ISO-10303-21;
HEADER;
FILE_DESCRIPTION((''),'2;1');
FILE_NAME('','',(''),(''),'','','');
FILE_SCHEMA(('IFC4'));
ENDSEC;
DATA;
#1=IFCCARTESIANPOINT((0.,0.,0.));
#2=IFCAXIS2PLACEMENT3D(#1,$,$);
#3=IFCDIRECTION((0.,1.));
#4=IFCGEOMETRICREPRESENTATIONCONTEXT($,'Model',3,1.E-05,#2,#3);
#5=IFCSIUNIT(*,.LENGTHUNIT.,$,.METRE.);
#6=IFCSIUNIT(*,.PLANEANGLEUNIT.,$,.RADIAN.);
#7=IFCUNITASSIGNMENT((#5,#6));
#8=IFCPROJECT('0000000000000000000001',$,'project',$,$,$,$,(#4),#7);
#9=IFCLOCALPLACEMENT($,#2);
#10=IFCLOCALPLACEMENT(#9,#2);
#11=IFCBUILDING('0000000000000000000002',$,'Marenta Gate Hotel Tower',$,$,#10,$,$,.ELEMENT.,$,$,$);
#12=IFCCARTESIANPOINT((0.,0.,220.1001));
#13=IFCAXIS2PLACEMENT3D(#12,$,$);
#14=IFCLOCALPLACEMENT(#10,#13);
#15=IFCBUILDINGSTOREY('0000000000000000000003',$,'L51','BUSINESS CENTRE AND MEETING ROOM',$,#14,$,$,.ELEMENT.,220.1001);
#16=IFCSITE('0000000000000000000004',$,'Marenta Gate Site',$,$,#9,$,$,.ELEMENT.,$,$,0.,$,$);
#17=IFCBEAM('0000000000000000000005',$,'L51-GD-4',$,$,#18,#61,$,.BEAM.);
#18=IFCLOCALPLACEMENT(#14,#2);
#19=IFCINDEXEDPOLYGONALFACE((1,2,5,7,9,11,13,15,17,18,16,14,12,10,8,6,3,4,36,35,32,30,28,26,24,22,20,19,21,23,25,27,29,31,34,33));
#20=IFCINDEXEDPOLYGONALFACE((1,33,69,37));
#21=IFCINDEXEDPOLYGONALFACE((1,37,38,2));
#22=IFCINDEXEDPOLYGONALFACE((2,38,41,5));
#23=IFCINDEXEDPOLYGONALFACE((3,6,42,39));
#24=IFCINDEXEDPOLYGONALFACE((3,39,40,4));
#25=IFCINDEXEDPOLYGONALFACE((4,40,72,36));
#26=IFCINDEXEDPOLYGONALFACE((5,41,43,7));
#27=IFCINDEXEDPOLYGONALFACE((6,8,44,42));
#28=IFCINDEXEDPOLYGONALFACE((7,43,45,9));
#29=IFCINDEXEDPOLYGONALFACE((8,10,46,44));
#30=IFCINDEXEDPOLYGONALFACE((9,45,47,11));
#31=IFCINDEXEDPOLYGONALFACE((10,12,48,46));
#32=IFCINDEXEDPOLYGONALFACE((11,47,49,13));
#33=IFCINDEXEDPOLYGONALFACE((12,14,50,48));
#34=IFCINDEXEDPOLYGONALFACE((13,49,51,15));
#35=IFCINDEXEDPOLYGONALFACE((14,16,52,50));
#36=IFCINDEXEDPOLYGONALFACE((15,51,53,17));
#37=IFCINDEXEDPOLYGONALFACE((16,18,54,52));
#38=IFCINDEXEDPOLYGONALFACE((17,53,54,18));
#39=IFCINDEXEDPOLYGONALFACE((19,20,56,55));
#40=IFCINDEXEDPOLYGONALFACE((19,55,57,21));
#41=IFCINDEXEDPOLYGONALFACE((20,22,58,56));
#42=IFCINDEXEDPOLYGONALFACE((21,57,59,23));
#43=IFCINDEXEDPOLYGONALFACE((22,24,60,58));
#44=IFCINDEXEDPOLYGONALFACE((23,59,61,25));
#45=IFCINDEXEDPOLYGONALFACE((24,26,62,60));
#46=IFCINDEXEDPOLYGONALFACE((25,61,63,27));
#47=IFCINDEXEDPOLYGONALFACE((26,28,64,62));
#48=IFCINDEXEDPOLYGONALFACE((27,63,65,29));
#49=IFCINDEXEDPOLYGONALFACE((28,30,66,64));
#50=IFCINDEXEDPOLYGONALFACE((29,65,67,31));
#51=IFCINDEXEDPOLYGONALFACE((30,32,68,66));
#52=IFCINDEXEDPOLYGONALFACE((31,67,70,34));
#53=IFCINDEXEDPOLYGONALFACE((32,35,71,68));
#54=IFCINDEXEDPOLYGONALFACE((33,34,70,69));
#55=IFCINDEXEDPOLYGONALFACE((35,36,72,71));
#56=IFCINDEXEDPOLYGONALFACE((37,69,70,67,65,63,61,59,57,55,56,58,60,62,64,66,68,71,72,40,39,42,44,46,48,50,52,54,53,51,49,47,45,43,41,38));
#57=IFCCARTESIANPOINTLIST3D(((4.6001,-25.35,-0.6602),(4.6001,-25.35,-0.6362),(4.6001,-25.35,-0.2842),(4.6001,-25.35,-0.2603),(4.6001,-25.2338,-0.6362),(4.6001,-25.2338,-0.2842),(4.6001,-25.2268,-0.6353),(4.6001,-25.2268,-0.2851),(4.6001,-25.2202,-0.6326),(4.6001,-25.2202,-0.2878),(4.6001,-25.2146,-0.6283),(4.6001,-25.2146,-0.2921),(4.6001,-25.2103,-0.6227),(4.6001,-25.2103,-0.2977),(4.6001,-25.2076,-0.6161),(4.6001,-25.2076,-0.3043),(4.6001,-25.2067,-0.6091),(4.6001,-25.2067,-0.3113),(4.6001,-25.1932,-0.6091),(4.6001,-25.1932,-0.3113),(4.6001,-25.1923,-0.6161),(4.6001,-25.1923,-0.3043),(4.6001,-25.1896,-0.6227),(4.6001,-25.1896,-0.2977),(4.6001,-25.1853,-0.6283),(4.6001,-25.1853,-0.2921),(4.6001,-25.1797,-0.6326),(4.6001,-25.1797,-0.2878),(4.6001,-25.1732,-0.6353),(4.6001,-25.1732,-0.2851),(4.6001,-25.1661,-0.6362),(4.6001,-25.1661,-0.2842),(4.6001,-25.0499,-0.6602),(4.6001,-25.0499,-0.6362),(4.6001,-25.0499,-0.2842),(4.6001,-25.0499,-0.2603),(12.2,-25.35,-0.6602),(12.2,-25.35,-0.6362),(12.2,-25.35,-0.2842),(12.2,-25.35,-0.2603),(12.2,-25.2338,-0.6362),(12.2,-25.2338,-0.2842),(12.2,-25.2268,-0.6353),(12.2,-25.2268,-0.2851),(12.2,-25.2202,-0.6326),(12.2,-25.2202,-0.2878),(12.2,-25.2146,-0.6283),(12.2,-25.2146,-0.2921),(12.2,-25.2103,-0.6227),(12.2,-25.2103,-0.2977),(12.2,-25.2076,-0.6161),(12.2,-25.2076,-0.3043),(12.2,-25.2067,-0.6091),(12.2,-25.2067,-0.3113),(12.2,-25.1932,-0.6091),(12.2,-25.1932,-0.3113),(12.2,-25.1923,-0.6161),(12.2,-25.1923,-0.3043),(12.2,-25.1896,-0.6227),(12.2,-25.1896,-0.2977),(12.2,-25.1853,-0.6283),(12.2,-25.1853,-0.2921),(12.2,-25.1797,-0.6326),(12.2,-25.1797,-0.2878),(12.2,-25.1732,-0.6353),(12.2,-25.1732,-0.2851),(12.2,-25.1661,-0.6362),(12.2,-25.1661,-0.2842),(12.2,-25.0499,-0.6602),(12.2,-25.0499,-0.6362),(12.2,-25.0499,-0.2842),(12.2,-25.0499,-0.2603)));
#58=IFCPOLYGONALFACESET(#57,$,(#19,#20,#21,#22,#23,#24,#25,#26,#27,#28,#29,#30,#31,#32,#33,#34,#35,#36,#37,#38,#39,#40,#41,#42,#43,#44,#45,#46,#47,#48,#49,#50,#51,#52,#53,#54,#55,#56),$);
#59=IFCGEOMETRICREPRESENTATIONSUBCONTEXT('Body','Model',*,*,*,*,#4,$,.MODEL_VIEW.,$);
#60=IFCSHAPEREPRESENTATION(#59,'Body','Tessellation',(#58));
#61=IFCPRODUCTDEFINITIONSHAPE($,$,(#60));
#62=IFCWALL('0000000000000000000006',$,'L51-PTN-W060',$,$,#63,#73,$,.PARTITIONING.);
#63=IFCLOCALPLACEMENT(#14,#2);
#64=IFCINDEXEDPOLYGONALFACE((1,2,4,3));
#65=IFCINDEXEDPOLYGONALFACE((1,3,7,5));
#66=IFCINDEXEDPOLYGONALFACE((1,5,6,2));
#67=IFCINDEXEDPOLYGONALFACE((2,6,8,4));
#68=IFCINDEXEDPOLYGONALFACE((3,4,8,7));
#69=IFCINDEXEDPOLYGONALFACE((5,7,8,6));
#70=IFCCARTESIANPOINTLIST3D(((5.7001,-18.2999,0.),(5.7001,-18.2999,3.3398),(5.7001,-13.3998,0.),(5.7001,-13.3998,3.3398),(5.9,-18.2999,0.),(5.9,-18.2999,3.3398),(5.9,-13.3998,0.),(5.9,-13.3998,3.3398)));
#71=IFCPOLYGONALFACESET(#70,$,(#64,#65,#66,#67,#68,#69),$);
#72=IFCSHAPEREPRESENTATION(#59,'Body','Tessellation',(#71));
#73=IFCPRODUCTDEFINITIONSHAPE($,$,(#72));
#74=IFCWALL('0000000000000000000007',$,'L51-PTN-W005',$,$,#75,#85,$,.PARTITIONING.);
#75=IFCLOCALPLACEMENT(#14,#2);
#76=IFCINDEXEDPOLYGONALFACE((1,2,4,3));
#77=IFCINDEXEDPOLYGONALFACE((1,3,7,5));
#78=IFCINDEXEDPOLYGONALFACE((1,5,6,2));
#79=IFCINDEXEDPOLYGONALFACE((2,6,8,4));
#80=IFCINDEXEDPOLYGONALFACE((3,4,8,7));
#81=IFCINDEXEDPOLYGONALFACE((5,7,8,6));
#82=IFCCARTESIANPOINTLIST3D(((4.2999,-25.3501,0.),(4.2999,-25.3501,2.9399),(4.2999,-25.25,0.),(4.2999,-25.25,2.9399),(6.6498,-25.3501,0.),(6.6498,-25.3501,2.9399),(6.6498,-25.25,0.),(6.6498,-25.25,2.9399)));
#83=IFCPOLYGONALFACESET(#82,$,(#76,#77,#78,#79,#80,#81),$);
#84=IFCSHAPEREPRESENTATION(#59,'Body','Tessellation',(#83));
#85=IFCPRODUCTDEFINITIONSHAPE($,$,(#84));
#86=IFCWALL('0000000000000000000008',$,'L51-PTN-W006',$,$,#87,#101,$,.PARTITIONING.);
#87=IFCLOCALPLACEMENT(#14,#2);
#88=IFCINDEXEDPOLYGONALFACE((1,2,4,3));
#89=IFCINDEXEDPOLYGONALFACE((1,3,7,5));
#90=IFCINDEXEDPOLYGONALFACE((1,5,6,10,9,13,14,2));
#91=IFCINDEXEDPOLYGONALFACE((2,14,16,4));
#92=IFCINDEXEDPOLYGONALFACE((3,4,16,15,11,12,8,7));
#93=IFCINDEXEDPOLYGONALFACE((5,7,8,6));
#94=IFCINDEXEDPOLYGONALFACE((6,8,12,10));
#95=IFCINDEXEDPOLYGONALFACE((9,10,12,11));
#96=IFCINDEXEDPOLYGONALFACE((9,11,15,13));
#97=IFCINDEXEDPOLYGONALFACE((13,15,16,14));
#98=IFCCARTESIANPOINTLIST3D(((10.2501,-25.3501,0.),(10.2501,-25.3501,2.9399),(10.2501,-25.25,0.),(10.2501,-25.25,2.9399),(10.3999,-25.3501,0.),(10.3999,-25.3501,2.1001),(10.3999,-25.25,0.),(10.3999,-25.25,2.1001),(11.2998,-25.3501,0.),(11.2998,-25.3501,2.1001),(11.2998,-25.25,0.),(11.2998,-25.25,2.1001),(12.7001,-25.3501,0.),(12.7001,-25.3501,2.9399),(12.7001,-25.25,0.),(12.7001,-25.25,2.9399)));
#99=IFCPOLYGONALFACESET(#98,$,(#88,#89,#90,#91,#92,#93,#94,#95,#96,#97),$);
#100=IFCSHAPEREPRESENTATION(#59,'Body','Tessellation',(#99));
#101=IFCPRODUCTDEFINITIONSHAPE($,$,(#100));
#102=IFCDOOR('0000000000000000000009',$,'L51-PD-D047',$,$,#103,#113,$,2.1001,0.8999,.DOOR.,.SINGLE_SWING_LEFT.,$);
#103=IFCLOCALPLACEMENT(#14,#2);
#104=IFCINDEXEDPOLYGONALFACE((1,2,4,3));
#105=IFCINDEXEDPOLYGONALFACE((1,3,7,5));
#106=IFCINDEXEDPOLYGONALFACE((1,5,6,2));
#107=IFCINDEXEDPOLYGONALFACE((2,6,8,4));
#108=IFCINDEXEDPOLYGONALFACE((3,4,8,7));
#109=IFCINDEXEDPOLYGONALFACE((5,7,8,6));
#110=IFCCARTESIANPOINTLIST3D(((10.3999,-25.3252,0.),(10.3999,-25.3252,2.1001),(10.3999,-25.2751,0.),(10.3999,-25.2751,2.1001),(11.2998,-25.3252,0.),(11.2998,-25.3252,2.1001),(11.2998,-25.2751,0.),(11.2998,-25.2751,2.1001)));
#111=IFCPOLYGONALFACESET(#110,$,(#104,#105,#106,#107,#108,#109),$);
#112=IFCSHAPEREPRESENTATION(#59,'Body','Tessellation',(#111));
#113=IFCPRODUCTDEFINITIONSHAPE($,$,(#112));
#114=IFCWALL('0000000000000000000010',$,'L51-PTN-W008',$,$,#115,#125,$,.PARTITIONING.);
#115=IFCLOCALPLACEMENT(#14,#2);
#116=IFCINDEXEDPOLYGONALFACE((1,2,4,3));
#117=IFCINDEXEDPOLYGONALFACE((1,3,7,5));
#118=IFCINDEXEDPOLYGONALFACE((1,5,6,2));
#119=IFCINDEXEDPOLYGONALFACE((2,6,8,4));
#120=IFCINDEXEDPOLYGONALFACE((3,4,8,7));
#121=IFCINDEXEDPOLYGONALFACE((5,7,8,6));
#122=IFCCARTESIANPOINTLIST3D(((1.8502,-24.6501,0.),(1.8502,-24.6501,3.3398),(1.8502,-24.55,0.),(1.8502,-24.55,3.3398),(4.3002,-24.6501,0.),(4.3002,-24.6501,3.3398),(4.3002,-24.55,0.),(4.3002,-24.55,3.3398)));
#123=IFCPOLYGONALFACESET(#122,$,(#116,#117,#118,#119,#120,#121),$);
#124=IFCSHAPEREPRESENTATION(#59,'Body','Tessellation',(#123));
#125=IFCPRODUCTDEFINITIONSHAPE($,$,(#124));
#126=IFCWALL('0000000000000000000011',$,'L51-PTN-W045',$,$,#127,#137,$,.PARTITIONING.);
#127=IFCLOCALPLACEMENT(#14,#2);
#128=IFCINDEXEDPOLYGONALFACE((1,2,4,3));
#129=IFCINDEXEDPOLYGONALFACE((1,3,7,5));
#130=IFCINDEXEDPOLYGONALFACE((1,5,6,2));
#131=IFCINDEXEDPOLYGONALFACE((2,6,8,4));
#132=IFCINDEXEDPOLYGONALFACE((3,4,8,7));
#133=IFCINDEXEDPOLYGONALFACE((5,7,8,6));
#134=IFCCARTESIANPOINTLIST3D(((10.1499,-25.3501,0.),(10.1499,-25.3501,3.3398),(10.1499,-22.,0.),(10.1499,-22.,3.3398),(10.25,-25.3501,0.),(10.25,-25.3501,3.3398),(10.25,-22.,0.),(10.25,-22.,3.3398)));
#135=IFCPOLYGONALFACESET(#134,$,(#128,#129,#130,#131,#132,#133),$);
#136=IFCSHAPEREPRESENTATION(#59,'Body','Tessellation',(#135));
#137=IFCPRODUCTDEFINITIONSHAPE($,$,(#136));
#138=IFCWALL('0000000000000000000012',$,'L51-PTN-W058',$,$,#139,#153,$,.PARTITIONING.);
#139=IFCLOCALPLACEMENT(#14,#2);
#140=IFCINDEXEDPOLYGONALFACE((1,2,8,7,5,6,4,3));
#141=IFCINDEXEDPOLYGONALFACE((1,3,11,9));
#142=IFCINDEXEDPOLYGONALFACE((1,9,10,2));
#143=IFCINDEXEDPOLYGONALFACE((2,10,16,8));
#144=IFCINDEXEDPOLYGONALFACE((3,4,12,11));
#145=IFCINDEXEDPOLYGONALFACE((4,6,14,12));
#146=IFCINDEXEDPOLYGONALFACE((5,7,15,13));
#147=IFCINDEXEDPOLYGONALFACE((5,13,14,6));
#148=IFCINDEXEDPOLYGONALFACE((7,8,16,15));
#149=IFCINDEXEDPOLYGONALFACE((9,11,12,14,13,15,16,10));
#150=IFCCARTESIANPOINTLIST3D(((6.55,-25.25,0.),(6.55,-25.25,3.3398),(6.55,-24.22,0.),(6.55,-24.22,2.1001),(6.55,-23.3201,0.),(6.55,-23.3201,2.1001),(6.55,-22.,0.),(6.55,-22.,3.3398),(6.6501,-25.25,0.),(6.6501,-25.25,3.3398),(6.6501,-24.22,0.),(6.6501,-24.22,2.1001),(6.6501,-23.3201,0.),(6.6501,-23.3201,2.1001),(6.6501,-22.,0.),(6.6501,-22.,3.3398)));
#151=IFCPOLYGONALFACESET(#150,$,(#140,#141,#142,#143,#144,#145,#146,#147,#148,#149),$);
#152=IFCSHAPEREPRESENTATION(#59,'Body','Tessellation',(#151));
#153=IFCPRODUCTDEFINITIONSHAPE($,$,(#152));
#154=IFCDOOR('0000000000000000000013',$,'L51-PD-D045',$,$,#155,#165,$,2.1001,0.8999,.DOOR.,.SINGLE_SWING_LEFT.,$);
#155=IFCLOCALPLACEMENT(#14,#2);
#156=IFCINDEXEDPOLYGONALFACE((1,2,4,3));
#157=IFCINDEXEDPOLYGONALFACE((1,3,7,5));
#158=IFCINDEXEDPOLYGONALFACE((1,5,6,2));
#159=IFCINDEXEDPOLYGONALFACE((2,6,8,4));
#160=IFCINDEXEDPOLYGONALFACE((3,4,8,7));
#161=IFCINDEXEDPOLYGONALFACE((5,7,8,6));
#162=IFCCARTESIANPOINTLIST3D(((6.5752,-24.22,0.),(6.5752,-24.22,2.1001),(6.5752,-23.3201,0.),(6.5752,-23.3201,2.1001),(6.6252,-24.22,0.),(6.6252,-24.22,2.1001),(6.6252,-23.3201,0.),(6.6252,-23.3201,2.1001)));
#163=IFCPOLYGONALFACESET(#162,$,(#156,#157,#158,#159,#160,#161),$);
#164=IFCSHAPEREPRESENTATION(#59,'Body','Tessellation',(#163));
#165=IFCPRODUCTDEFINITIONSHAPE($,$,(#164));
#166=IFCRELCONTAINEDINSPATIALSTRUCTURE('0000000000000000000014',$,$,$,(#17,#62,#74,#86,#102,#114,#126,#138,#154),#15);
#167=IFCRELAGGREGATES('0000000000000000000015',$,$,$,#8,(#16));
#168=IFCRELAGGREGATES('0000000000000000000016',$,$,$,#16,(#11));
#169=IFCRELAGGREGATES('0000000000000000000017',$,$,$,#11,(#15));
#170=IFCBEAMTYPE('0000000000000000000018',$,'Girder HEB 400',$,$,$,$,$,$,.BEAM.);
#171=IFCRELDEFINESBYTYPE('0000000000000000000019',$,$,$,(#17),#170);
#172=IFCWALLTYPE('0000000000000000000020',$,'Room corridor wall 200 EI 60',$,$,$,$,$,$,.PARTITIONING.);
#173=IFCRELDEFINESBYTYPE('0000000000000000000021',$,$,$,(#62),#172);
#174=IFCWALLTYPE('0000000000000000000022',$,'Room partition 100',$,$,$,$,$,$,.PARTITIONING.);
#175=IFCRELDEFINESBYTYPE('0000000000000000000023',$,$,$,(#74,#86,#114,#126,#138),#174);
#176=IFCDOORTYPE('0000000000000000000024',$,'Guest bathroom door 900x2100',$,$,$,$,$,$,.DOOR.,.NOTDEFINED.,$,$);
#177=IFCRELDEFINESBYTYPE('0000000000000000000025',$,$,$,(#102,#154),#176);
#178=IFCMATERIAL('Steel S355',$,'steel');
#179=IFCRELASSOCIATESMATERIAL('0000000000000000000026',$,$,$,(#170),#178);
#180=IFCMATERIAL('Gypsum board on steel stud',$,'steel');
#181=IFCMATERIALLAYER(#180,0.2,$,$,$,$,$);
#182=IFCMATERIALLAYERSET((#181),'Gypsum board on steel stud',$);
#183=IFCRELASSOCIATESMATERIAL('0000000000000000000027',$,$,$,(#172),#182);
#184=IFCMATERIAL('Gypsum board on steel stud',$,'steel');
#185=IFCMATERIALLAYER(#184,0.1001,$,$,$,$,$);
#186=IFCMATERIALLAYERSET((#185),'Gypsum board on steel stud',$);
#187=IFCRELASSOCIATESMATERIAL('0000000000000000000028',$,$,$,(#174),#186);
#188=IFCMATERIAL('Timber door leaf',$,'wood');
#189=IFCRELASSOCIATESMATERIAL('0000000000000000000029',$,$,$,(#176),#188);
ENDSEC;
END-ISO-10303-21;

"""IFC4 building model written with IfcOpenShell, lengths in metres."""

from ifc_helpers import new_model, si_unit, direction, frame, frame_2d, origin, origin_2d, place, context, subcontext, project, spatial, rectangle, i_section, extrude, material, layer, layer_set, material_profile, profile_set, type_object, element, fill, save


model = new_model("IFC4")

# Units and contexts
model_context = context("Model", 3, precision=1e-05, world=origin(), true_north=direction((0.0, 1.0)))
body_context = subcontext(model_context, "Body", "Model", "MODEL_VIEW")
ifc_project = project(units=[si_unit("LENGTHUNIT", "METRE"), si_unit("PLANEANGLEUNIT", "RADIAN")], contexts=[model_context])

# Site, building, storey
site_placement = place(None, origin())
site = spatial("IfcSite", under=ifc_project, at=site_placement, Name="Marenta Gate Site", CompositionType="ELEMENT", RefElevation=0.0)
building_placement = place(site_placement, origin())
building = spatial("IfcBuilding", under=site, at=building_placement, Name="Marenta Gate Hotel Tower", CompositionType="ELEMENT")
storey_placement = place(building_placement, frame((0.0, 0.0, 220.1001)))
storey = spatial("IfcBuildingStorey", under=building, at=storey_placement, Name="L51", Description="BUSINESS CENTRE AND MEETING ROOM", CompositionType="ELEMENT", Elevation=220.1001)

# Beam
ifc_material_1 = material(Name="Steel S355", Category="steel")
ifc_material_profile_1 = material_profile(ifc_material_1, i_section(OverallWidth=0.3, OverallDepth=0.3999, WebThickness=0.0134, FlangeThickness=0.0239, FilletRadius=0.0271, at=origin_2d()), Name="HEB 400")
ifc_profile_set_1 = profile_set([ifc_material_profile_1], Name="Steel S355")
beam_type_1 = type_object("IfcBeamType", Name="Girder HEB 400", PredefinedType="BEAM", material=ifc_profile_set_1)
beam_placement = place(storey_placement, frame((4.6001, -25.2, -0.4602), z_axis=(1.0, 0.0, 0.0), x_axis=(0.0, 1.0, 0.0)))
element("IfcBeam", 1, at=beam_placement, inside=storey, type_object=beam_type_1, Name="L51-GD-4", PredefinedType="BEAM", context=body_context, shape_type="SweptSolid", body=[
    extrude(i_section(OverallWidth=0.3, OverallDepth=0.3999, WebThickness=0.0134, FlangeThickness=0.0239, FilletRadius=0.0271, at=origin_2d()), origin(), (0.0, 0.0, 1.0), 7.5999),
])

# Shared definitions
ifc_material_2 = material(Name="Gypsum board on steel stud", Category="steel")
ifc_layer_1 = layer(ifc_material_2, 0.2)
ifc_layer_set_1 = layer_set([ifc_layer_1], Name="Gypsum board on steel stud")
wall_type_1 = type_object("IfcWallType", Name="Room corridor wall 200 EI 60", PredefinedType="PARTITIONING", material=ifc_layer_set_1)

# Walls
wall_1_placement = place(storey_placement, frame((5.8, -18.3, 0.0), z_axis=(0.0, 0.0, 1.0), x_axis=(0.0, 1.0, 0.0)))
element("IfcWall", 2, at=wall_1_placement, inside=storey, type_object=wall_type_1, Name="L51-PTN-W060", PredefinedType="PARTITIONING", context=body_context, shape_type="SweptSolid", body=[
    extrude(rectangle(XDim=4.9001, YDim=0.2, at=frame_2d((2.4502, 0.0))), origin(), (0.0, 0.0, 1.0), 3.3398),
])
ifc_material_3 = material(Name="Gypsum board on steel stud", Category="steel")
ifc_layer_2 = layer(ifc_material_3, 0.1001)
ifc_layer_set_2 = layer_set([ifc_layer_2], Name="Gypsum board on steel stud")
wall_type_2 = type_object("IfcWallType", Name="Room partition 100", PredefinedType="PARTITIONING", material=ifc_layer_set_2)
wall_2_placement = place(storey_placement, frame((4.3, -25.3, 0.0), z_axis=(0.0, 0.0, 1.0), x_axis=(1.0, 0.0, 0.0)))
element("IfcWall", 3, at=wall_2_placement, inside=storey, type_object=wall_type_2, Name="L51-PTN-W005", PredefinedType="PARTITIONING", context=body_context, shape_type="SweptSolid", body=[
    extrude(rectangle(XDim=2.3499, YDim=0.1001, at=frame_2d((1.1748, 0.0))), origin(), (0.0, 0.0, 1.0), 2.9399),
])

# Wall, opening, door
wall_3_placement = place(storey_placement, frame((10.25, -25.3, 0.0), z_axis=(0.0, 0.0, 1.0), x_axis=(1.0, 0.0, 0.0)))
wall_3 = element("IfcWall", 4, at=wall_3_placement, inside=storey, type_object=wall_type_2, Name="L51-PTN-W006", PredefinedType="PARTITIONING", context=body_context, shape_type="SweptSolid", body=[
    extrude(rectangle(XDim=2.45, YDim=0.1001, at=frame_2d((1.2251, 0.0))), origin(), (0.0, 0.0, 1.0), 2.9399),
])
opening_1_placement = place(wall_3_placement, frame((0.1499, 0.0, 0.0)))
opening_1 = element("IfcOpeningElement", 5, at=opening_1_placement, cuts=wall_3, PredefinedType="OPENING", context=body_context, shape_type="SweptSolid", body=[
    extrude(rectangle(XDim=0.8999, YDim=2.1001, at=frame_2d((0.45, 1.05))), frame((0.0, 0.05, 0.0), z_axis=(0.0, -1.0, 0.0), x_axis=(1.0, 0.0, 0.0)), (0.0, 0.0, 1.0), 0.1001),
])
ifc_material_4 = material(Name="Timber door leaf", Category="wood")
door_type_1 = type_object("IfcDoorType", Name="Guest bathroom door 900x2100", OperationType="NOTDEFINED", PredefinedType="DOOR", material=ifc_material_4)
door_1_placement = place(opening_1_placement, origin())
door_1 = element("IfcDoor", 6, at=door_1_placement, inside=storey, type_object=door_type_1, Name="L51-PD-D047", OperationType="SINGLE_SWING_LEFT", OverallHeight=2.1001, OverallWidth=0.8999, PredefinedType="DOOR", context=body_context, shape_type="SweptSolid", body=[
    extrude(rectangle(XDim=0.8999, YDim=2.1001, at=frame_2d((0.45, 1.05))), frame((0.0, 0.0249, 0.0), z_axis=(0.0, -1.0, 0.0), x_axis=(1.0, 0.0, 0.0)), (0.0, 0.0, 1.0), 0.05),
])
fill(opening_1, door_1)

# Walls
wall_4_placement = place(storey_placement, frame((1.8501, -24.6001, 0.0), z_axis=(0.0, 0.0, 1.0), x_axis=(1.0, 0.0, 0.0)))
element("IfcWall", 7, at=wall_4_placement, inside=storey, type_object=wall_type_2, Name="L51-PTN-W008", PredefinedType="PARTITIONING", context=body_context, shape_type="SweptSolid", body=[
    extrude(rectangle(XDim=2.45, YDim=0.1001, at=frame_2d((1.2251, 0.0))), origin(), (0.0, 0.0, 1.0), 3.3398),
])
wall_5_placement = place(storey_placement, frame((10.2, -25.3501, 0.0), z_axis=(0.0, 0.0, 1.0), x_axis=(0.0, 1.0, 0.0)))
element("IfcWall", 8, at=wall_5_placement, inside=storey, type_object=wall_type_2, Name="L51-PTN-W045", PredefinedType="PARTITIONING", context=body_context, shape_type="SweptSolid", body=[
    extrude(rectangle(XDim=3.3501, YDim=0.1001, at=frame_2d((1.675, 0.0))), origin(), (0.0, 0.0, 1.0), 3.3398),
])

# Wall, opening, door
wall_6_placement = place(storey_placement, frame((6.6001, -25.25, 0.0), z_axis=(0.0, 0.0, 1.0), x_axis=(0.0, 1.0, 0.0)))
wall_6 = element("IfcWall", 9, at=wall_6_placement, inside=storey, type_object=wall_type_2, Name="L51-PTN-W058", PredefinedType="PARTITIONING", context=body_context, shape_type="SweptSolid", body=[
    extrude(rectangle(XDim=3.25, YDim=0.1001, at=frame_2d((1.625, 0.0))), origin(), (0.0, 0.0, 1.0), 3.3398),
])
opening_2_placement = place(wall_6_placement, frame((1.03, 0.0, 0.0)))
opening_2 = element("IfcOpeningElement", 10, at=opening_2_placement, cuts=wall_6, PredefinedType="OPENING", context=body_context, shape_type="SweptSolid", body=[
    extrude(rectangle(XDim=0.8999, YDim=2.1001, at=frame_2d((0.45, 1.05))), frame((0.0, 0.05, 0.0), z_axis=(0.0, -1.0, 0.0), x_axis=(1.0, 0.0, 0.0)), (0.0, 0.0, 1.0), 0.1001),
])
door_2_placement = place(opening_2_placement, origin())
door_2 = element("IfcDoor", 11, at=door_2_placement, inside=storey, type_object=door_type_1, Name="L51-PD-D045", OperationType="SINGLE_SWING_LEFT", OverallHeight=2.1001, OverallWidth=0.8999, PredefinedType="DOOR", context=body_context, shape_type="SweptSolid", body=[
    extrude(rectangle(XDim=0.8999, YDim=2.1001, at=frame_2d((0.45, 1.05))), frame((0.0, 0.0249, 0.0), z_axis=(0.0, -1.0, 0.0), x_axis=(1.0, 0.0, 0.0)), (0.0, 0.0, 1.0), 0.05),
])
fill(opening_2, door_2)

save(model, "model.ifc")
